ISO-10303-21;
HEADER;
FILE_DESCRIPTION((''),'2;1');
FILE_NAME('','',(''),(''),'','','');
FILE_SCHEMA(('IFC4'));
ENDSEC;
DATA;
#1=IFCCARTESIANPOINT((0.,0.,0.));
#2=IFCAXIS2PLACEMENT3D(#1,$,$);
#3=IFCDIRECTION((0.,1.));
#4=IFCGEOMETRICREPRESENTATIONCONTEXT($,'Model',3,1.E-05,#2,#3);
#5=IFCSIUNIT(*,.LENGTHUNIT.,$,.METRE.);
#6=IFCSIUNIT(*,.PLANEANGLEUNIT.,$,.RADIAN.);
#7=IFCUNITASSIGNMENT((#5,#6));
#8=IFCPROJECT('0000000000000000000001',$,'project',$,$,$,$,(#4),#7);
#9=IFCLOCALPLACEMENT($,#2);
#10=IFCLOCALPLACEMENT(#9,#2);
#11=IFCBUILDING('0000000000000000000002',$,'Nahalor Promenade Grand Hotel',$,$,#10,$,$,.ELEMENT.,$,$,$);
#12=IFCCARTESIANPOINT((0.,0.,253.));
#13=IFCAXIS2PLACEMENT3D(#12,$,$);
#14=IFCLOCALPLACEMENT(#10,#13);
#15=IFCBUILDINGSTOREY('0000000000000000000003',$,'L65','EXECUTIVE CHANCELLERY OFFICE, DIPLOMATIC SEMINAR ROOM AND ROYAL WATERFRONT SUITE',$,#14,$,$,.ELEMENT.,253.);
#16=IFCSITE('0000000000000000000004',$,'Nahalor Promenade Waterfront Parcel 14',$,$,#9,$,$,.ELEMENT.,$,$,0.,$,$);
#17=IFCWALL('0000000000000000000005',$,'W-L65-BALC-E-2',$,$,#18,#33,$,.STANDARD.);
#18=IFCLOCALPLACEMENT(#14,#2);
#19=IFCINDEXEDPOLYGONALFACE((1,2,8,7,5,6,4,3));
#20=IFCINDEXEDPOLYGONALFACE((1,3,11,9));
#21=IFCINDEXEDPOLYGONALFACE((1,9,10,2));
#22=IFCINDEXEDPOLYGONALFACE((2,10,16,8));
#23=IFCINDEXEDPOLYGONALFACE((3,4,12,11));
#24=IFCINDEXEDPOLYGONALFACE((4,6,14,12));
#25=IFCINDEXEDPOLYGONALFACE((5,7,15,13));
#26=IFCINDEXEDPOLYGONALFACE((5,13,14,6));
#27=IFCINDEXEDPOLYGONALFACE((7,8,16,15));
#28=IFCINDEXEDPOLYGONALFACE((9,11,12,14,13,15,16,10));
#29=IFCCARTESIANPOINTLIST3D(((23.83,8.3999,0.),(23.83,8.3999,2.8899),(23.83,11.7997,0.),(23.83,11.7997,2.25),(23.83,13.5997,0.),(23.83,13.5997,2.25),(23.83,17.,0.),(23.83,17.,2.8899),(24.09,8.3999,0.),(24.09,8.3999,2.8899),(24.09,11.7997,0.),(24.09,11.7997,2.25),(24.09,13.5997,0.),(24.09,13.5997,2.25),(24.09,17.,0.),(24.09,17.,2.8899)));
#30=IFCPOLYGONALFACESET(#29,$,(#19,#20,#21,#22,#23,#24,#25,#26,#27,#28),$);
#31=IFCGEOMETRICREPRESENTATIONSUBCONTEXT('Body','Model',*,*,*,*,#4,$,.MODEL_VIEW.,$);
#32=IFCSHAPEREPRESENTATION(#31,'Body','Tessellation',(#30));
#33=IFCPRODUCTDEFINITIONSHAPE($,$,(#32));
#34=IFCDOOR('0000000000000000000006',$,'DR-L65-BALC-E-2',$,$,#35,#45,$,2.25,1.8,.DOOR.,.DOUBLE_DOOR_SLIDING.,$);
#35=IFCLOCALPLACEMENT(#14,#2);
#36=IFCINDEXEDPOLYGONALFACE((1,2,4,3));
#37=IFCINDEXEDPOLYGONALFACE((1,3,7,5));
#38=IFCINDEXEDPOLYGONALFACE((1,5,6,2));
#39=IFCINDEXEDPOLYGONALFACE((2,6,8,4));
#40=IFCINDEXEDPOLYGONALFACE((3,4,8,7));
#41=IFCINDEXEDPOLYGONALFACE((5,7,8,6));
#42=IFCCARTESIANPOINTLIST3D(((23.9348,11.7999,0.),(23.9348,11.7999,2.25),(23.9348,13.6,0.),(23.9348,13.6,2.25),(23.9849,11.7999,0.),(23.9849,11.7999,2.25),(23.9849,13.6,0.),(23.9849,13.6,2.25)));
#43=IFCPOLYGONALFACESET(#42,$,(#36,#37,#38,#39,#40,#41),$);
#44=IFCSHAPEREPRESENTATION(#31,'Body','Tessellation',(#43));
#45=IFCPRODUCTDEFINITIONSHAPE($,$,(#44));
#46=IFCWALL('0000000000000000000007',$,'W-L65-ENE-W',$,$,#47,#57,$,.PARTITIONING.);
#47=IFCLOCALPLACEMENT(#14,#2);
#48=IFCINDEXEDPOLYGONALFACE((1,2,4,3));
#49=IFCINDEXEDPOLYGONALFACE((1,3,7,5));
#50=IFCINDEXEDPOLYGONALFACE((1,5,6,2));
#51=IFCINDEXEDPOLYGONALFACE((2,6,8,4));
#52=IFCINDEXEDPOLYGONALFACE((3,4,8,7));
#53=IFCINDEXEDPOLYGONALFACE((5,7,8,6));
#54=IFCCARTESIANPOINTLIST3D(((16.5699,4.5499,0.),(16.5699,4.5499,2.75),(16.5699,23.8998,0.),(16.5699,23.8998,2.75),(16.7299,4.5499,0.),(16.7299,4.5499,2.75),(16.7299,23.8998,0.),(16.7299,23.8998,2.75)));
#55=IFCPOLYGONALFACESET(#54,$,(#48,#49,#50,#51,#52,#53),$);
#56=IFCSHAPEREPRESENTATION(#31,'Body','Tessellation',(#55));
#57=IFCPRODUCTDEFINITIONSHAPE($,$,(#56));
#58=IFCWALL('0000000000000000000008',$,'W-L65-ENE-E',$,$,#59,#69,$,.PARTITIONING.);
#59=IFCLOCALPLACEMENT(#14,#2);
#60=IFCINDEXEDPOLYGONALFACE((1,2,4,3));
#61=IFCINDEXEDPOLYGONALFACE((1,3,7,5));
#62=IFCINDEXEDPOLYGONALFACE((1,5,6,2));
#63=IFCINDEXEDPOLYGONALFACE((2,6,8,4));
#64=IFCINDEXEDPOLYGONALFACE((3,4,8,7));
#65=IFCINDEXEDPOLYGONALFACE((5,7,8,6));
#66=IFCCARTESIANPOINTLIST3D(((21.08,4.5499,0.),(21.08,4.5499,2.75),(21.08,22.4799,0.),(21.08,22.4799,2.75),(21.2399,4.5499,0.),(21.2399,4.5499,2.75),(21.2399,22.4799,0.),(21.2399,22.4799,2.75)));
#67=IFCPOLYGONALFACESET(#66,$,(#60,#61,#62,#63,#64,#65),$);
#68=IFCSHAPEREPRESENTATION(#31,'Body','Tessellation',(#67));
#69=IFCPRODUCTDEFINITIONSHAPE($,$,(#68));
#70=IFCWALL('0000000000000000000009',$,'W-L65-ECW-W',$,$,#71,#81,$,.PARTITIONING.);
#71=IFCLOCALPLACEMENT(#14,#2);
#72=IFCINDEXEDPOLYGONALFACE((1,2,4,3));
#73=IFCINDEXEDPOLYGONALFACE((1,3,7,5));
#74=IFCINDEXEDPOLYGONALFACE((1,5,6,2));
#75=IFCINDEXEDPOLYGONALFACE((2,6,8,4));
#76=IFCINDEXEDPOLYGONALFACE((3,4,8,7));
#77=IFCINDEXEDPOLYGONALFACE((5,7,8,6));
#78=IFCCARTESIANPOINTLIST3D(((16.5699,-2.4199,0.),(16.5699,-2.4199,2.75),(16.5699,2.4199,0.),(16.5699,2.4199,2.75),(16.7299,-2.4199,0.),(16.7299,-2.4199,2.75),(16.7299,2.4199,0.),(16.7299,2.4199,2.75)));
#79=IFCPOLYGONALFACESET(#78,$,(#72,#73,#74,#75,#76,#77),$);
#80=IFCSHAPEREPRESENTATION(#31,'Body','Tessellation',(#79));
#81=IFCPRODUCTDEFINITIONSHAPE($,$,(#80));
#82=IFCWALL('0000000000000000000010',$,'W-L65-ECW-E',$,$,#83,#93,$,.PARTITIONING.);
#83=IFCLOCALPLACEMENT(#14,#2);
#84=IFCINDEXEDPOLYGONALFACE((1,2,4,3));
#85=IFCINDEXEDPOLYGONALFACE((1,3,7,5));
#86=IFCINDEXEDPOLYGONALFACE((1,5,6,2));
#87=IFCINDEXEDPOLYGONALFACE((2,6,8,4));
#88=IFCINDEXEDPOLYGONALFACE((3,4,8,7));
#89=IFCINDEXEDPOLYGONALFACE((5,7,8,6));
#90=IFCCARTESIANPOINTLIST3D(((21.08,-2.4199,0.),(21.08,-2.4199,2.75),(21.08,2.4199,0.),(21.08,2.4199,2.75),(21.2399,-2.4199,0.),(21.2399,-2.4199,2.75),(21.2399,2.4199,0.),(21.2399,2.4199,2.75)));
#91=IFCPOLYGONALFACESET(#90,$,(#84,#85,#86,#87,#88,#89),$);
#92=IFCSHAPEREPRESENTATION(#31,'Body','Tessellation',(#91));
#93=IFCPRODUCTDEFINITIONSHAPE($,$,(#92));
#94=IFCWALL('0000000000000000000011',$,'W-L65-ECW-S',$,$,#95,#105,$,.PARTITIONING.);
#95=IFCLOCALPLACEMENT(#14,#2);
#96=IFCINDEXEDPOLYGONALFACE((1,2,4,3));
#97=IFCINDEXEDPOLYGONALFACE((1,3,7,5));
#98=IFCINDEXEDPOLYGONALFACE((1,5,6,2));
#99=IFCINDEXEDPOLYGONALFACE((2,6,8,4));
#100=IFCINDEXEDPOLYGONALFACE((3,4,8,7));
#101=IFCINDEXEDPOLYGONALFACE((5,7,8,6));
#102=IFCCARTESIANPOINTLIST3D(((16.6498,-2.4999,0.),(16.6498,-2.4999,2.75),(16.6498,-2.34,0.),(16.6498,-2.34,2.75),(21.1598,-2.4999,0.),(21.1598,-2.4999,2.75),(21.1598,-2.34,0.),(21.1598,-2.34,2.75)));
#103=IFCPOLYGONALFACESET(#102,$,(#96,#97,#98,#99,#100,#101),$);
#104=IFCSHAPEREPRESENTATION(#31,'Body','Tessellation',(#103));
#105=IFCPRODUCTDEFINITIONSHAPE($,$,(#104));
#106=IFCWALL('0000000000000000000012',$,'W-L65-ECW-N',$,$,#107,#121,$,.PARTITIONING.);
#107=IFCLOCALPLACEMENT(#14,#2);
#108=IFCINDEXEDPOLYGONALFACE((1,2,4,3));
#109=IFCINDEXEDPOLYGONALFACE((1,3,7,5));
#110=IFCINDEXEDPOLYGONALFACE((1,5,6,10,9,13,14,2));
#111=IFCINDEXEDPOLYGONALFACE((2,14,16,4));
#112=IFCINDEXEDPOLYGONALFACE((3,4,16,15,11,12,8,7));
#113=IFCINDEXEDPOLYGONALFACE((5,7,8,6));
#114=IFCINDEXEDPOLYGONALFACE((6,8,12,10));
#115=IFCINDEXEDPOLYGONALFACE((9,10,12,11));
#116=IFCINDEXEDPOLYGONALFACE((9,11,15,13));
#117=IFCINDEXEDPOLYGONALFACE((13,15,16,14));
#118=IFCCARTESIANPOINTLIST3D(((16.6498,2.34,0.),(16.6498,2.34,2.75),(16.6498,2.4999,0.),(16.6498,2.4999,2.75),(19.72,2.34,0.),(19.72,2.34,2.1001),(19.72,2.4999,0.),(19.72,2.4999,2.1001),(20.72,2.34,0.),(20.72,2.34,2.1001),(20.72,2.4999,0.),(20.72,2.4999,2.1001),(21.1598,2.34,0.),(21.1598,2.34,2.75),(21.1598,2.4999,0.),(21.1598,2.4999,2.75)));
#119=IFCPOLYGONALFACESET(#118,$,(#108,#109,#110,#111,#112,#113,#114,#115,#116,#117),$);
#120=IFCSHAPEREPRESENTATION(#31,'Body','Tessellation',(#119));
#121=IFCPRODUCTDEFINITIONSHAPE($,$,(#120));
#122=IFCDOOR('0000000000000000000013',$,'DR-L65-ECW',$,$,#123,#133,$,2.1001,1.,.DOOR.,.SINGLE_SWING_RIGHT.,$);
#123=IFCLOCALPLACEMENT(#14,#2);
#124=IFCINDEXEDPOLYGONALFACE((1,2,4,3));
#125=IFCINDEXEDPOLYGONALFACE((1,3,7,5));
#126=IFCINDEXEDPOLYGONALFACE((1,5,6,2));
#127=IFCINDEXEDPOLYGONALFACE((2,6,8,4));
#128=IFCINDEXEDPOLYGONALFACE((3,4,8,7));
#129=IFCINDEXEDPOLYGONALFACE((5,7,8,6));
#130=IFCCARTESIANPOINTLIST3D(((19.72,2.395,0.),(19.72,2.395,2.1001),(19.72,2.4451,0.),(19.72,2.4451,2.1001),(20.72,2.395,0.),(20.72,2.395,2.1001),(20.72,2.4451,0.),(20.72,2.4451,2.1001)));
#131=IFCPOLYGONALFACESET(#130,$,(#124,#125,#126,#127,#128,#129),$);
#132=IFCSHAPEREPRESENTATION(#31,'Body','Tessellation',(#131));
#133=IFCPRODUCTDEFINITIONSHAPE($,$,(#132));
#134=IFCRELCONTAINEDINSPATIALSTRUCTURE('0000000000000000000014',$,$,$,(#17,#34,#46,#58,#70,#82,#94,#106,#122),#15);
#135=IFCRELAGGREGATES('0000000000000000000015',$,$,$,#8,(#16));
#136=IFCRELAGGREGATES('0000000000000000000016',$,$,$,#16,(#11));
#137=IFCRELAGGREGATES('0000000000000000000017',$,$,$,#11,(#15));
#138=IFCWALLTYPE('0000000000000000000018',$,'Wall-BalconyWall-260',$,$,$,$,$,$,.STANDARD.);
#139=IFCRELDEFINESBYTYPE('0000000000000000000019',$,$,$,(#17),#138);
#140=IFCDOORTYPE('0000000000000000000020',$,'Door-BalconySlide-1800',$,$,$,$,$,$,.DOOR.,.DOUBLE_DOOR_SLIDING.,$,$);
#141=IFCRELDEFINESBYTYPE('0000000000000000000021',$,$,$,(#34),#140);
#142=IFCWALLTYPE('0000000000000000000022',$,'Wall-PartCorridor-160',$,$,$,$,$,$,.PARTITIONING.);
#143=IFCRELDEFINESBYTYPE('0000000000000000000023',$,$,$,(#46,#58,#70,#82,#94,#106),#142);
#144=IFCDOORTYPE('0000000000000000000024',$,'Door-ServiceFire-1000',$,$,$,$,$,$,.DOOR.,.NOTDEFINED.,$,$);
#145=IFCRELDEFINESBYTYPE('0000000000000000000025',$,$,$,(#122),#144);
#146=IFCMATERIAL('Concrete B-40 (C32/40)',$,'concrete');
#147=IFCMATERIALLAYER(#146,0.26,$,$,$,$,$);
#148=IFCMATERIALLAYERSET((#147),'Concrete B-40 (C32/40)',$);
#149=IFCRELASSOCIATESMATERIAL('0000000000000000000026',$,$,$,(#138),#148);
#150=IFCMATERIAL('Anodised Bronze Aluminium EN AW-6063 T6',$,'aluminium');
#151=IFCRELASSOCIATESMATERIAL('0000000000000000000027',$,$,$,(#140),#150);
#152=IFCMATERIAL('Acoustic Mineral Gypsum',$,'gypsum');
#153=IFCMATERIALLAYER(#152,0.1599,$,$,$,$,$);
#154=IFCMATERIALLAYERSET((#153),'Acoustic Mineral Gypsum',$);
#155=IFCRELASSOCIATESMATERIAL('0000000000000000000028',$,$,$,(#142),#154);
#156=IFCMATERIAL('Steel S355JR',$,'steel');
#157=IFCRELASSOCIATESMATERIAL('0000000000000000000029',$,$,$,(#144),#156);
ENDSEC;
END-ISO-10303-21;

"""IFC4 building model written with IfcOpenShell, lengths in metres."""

from ifc_helpers import new_model, si_unit, direction, frame, frame_2d, origin, place, context, subcontext, project, spatial, rectangle, extrude, source, transform, mapped, material, layer, layer_set, type_object, element, fill, save


model = new_model("IFC4")

# Units and contexts
model_context = context("Model", 3, precision=1e-05, world=origin(), true_north=direction((0.0, 1.0)))
body_context = subcontext(model_context, "Body", "Model", "MODEL_VIEW")
ifc_project = project(units=[si_unit("LENGTHUNIT", "METRE"), si_unit("PLANEANGLEUNIT", "RADIAN")], contexts=[model_context])

# Site, building, storey
site_placement = place(None, origin())
site = spatial("IfcSite", under=ifc_project, at=site_placement, Name="Nahalor Promenade Waterfront Parcel 14", CompositionType="ELEMENT", RefElevation=0.0)
building_placement = place(site_placement, origin())
building = spatial("IfcBuilding", under=site, at=building_placement, Name="Nahalor Promenade Grand Hotel", CompositionType="ELEMENT")
storey_placement = place(building_placement, frame((0.0, 0.0, 253.0)))
storey = spatial("IfcBuildingStorey", under=building, at=storey_placement, Name="L65", Description="EXECUTIVE CHANCELLERY OFFICE, DIPLOMATIC SEMINAR ROOM AND ROYAL WATERFRONT SUITE", CompositionType="ELEMENT", Elevation=253.0)

# Shared definitions
ifc_material_1 = material(Name="Steel S355JR", Category="steel")

# Shared definitions
ifc_material_2 = material(Name="Anodised Bronze Aluminium EN AW-6063 T6", Category="aluminium")

# Wall, opening, door
ifc_material_3 = material(Name="Concrete B-40 (C32/40)", Category="concrete")
ifc_layer_1 = layer(ifc_material_3, 0.26)
ifc_layer_set_1 = layer_set([ifc_layer_1], Name="Concrete B-40 (C32/40)")
wall_type_1 = type_object("IfcWallType", Name="Wall-BalconyWall-260", PredefinedType="STANDARD", material=ifc_layer_set_1)
shared_shape_1 = source(origin(), body_context, "Body", "SweptSolid", [
    extrude(rectangle(XDim=8.6001, YDim=0.26, at=frame_2d((4.3, 0.0))), origin(), (0.0, 0.0, 1.0), 2.8899),
])
wall_1_placement = place(storey_placement, frame((23.96, 8.3999, 0.0), z_axis=(0.0, 0.0, 1.0), x_axis=(0.0, 1.0, 0.0)))
wall_1 = element("IfcWall", 1, at=wall_1_placement, inside=storey, type_object=wall_type_1, Name="W-L65-BALC-E-2", PredefinedType="STANDARD", context=body_context, shape_type="MappedRepresentation", body=[
    mapped(shared_shape_1, transform((0.0, 0.0, 0.0), scale=1.0)),
])
opening_1_placement = place(wall_1_placement, frame((3.3999, 0.0, 0.0)))
opening_1 = element("IfcOpeningElement", 2, at=opening_1_placement, cuts=wall_1, PredefinedType="OPENING", context=body_context, shape_type="SweptSolid", body=[
    extrude(rectangle(XDim=1.8, YDim=2.25, at=frame_2d((0.8999, 1.125))), frame((0.0, 0.1399, 0.0), z_axis=(0.0, -1.0, 0.0), x_axis=(1.0, 0.0, 0.0)), (0.0, 0.0, 1.0), 0.28),
])
door_type_1 = type_object("IfcDoorType", Name="Door-BalconySlide-1800", OperationType="DOUBLE_DOOR_SLIDING", PredefinedType="DOOR", material=ifc_material_2)
shared_shape_2 = source(origin(), body_context, "Body", "SweptSolid", [
    extrude(rectangle(XDim=1.8, YDim=2.25, at=frame_2d((0.8999, 1.125))), frame((0.0, 0.0249, 0.0), z_axis=(0.0, -1.0, 0.0), x_axis=(1.0, 0.0, 0.0)), (0.0, 0.0, 1.0), 0.05),
])
door_1_placement = place(opening_1_placement, frame((1.8, 0.0, 0.0), z_axis=(0.0, 0.0, 1.0), x_axis=(-1.0, 0.0, 0.0)))
door_1 = element("IfcDoor", 3, at=door_1_placement, inside=storey, type_object=door_type_1, Name="DR-L65-BALC-E-2", OperationType="DOUBLE_DOOR_SLIDING", OverallHeight=2.25, OverallWidth=1.8, PredefinedType="DOOR", context=body_context, shape_type="MappedRepresentation", body=[
    mapped(shared_shape_2, transform((0.0, 0.0, 0.0), scale=1.0)),
])
fill(opening_1, door_1)

# Walls
ifc_material_4 = material(Name="Acoustic Mineral Gypsum", Category="gypsum")
ifc_layer_2 = layer(ifc_material_4, 0.1599)
ifc_layer_set_2 = layer_set([ifc_layer_2], Name="Acoustic Mineral Gypsum")
wall_type_2 = type_object("IfcWallType", Name="Wall-PartCorridor-160", PredefinedType="PARTITIONING", material=ifc_layer_set_2)
shared_shape_3 = source(origin(), body_context, "Body", "SweptSolid", [
    extrude(rectangle(XDim=19.3499, YDim=0.1599, at=frame_2d((9.6748, 0.0))), origin(), (0.0, 0.0, 1.0), 2.75),
])
wall_2_placement = place(storey_placement, frame((16.6499, 4.55, 0.0), z_axis=(0.0, 0.0, 1.0), x_axis=(0.0, 1.0, 0.0)))
element("IfcWall", 4, at=wall_2_placement, inside=storey, type_object=wall_type_2, Name="W-L65-ENE-W", PredefinedType="PARTITIONING", context=body_context, shape_type="MappedRepresentation", body=[
    mapped(shared_shape_3, transform((0.0, 0.0, 0.0), scale=1.0)),
])
shared_shape_4 = source(origin(), body_context, "Body", "SweptSolid", [
    extrude(rectangle(XDim=17.9299, YDim=0.1599, at=frame_2d((8.9648, 0.0))), origin(), (0.0, 0.0, 1.0), 2.75),
])
wall_3_placement = place(storey_placement, frame((21.1599, 4.55, 0.0), z_axis=(0.0, 0.0, 1.0), x_axis=(0.0, 1.0, 0.0)))
element("IfcWall", 5, at=wall_3_placement, inside=storey, type_object=wall_type_2, Name="W-L65-ENE-E", PredefinedType="PARTITIONING", context=body_context, shape_type="MappedRepresentation", body=[
    mapped(shared_shape_4, transform((0.0, 0.0, 0.0), scale=1.0)),
])
shared_shape_5 = source(origin(), body_context, "Body", "SweptSolid", [
    extrude(rectangle(XDim=4.8398, YDim=0.1599, at=frame_2d((2.4199, 0.0))), origin(), (0.0, 0.0, 1.0), 2.75),
])
for number, where, z_axis, x_axis, name in (
    (6, (16.6499, -2.4199, 0.0), (0.0, 0.0, 1.0), (0.0, 1.0, 0.0), "W-L65-ECW-W"),
    (7, (21.1599, -2.4199, 0.0), (0.0, 0.0, 1.0), (0.0, 1.0, 0.0), "W-L65-ECW-E"),
):
    element("IfcWall", number, at=place(storey_placement, frame(where, z_axis=z_axis, x_axis=x_axis)), inside=storey, type_object=wall_type_2, Name=name, PredefinedType="PARTITIONING", context=body_context, shape_type="MappedRepresentation", body=[
        mapped(shared_shape_5, transform((0.0, 0.0, 0.0), scale=1.0)),
    ])

# Shared definitions
shared_shape_6 = source(origin(), body_context, "Body", "SweptSolid", [
    extrude(rectangle(XDim=4.51, YDim=0.1599, at=frame_2d((2.2549, 0.0))), origin(), (0.0, 0.0, 1.0), 2.75),
])

# Wall
wall_4_placement = place(storey_placement, frame((16.6499, -2.4199, 0.0), z_axis=(0.0, 0.0, 1.0), x_axis=(1.0, 0.0, 0.0)))
element("IfcWall", 8, at=wall_4_placement, inside=storey, type_object=wall_type_2, Name="W-L65-ECW-S", PredefinedType="PARTITIONING", context=body_context, shape_type="MappedRepresentation", body=[
    mapped(shared_shape_6, transform((0.0, 0.0, 0.0), scale=1.0)),
])

# Wall, opening, door
wall_5_placement = place(storey_placement, frame((16.6499, 2.4199, 0.0), z_axis=(0.0, 0.0, 1.0), x_axis=(1.0, 0.0, 0.0)))
wall_5 = element("IfcWall", 9, at=wall_5_placement, inside=storey, type_object=wall_type_2, Name="W-L65-ECW-N", PredefinedType="PARTITIONING", context=body_context, shape_type="MappedRepresentation", body=[
    mapped(shared_shape_6, transform((0.0, 0.0, 0.0), scale=1.0)),
])
opening_2_placement = place(wall_5_placement, frame((3.0701, 0.0, 0.0)))
opening_2 = element("IfcOpeningElement", 10, at=opening_2_placement, cuts=wall_5, PredefinedType="OPENING", context=body_context, shape_type="SweptSolid", body=[
    extrude(rectangle(XDim=1.0, YDim=2.1001, at=frame_2d((0.5, 1.05))), frame((0.0, 0.0898, 0.0), z_axis=(0.0, -1.0, 0.0), x_axis=(1.0, 0.0, 0.0)), (0.0, 0.0, 1.0), 0.1799),
])
door_type_2 = type_object("IfcDoorType", Name="Door-ServiceFire-1000", OperationType="NOTDEFINED", PredefinedType="DOOR", material=ifc_material_1)
shared_shape_7 = source(origin(), body_context, "Body", "SweptSolid", [
    extrude(rectangle(XDim=1.0, YDim=2.1001, at=frame_2d((0.5, 1.05))), frame((0.0, 0.0249, 0.0), z_axis=(0.0, -1.0, 0.0), x_axis=(1.0, 0.0, 0.0)), (0.0, 0.0, 1.0), 0.05),
])
door_2_placement = place(opening_2_placement, frame((1.0, 0.0, 0.0), z_axis=(0.0, 0.0, 1.0), x_axis=(-1.0, 0.0, 0.0)))
door_2 = element("IfcDoor", 11, at=door_2_placement, inside=storey, type_object=door_type_2, Name="DR-L65-ECW", OperationType="SINGLE_SWING_RIGHT", OverallHeight=2.1001, OverallWidth=1.0, PredefinedType="DOOR", context=body_context, shape_type="MappedRepresentation", body=[
    mapped(shared_shape_7, transform((0.0, 0.0, 0.0), scale=1.0)),
])
fill(opening_2, door_2)

save(model, "model.ifc")
